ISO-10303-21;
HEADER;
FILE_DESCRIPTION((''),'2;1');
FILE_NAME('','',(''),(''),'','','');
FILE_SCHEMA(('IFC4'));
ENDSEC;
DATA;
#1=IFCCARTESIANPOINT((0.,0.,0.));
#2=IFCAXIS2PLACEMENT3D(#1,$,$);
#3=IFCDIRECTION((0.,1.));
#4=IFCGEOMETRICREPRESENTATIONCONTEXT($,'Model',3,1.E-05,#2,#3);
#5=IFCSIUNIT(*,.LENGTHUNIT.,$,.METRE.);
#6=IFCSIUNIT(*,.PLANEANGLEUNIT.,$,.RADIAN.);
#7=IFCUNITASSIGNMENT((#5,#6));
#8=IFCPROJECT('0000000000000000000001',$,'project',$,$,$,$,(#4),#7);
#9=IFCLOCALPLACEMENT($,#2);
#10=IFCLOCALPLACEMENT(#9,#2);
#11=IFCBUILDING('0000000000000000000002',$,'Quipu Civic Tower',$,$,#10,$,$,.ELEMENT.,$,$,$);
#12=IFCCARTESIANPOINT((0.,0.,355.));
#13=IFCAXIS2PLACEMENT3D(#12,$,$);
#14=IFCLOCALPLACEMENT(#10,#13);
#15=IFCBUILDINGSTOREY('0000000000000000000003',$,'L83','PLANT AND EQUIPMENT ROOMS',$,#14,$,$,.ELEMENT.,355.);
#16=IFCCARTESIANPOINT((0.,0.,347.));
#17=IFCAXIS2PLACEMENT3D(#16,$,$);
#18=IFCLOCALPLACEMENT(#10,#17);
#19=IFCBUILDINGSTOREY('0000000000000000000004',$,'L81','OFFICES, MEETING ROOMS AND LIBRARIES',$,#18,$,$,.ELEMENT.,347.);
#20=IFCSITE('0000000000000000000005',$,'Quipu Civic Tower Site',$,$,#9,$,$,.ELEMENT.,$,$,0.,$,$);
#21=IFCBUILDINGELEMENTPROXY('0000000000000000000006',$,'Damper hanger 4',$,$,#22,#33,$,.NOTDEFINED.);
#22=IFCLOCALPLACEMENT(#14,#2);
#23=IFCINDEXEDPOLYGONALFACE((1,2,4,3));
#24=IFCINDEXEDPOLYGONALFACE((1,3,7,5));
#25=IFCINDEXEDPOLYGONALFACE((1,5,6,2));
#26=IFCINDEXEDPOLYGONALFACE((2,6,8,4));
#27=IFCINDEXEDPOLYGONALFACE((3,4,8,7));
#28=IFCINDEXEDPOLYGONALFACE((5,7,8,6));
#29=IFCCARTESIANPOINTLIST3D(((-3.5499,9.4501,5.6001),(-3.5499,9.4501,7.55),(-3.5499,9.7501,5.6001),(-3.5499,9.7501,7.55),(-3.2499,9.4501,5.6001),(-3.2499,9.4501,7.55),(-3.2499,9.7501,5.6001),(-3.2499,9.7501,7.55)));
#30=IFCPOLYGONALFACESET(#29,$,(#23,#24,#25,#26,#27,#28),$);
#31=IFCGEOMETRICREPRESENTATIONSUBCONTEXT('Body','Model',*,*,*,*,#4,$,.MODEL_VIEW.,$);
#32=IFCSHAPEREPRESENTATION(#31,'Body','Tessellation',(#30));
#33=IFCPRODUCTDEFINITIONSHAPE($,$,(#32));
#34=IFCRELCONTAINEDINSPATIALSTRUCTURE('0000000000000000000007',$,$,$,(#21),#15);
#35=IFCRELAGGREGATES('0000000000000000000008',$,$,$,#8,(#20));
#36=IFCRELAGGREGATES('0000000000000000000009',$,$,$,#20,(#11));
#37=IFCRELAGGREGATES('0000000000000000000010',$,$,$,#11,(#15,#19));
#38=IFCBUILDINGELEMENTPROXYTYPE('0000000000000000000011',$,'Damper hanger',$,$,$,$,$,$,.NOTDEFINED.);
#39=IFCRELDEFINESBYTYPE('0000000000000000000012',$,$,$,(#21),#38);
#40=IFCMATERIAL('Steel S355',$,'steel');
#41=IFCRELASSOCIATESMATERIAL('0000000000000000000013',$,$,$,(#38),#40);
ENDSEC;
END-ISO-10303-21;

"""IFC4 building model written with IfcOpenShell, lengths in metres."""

from ifc_helpers import new_model, si_unit, direction, frame, origin, origin_2d, place, context, subcontext, project, spatial, rectangle, extrude, material, type_object, element, save


model = new_model("IFC4")

# Units and contexts
model_context = context("Model", 3, precision=1e-05, world=origin(), true_north=direction((0.0, 1.0)))
body_context = subcontext(model_context, "Body", "Model", "MODEL_VIEW")
ifc_project = project(units=[si_unit("LENGTHUNIT", "METRE"), si_unit("PLANEANGLEUNIT", "RADIAN")], contexts=[model_context])

# Site, building, storey
site_placement = place(None, origin())
site = spatial("IfcSite", under=ifc_project, at=site_placement, Name="Quipu Civic Tower Site", CompositionType="ELEMENT", RefElevation=0.0)
building_placement = place(site_placement, origin())
building = spatial("IfcBuilding", under=site, at=building_placement, Name="Quipu Civic Tower", CompositionType="ELEMENT")
storey_1_placement = place(building_placement, frame((0.0, 0.0, 355.0)))
storey_1 = spatial("IfcBuildingStorey", under=building, at=storey_1_placement, Name="L83", Description="PLANT AND EQUIPMENT ROOMS", CompositionType="ELEMENT", Elevation=355.0)

# Shared definitions
storey_2_placement = place(building_placement, frame((0.0, 0.0, 347.0)))
storey_2 = spatial("IfcBuildingStorey", under=building, at=storey_2_placement, Name="L81", Description="OFFICES, MEETING ROOMS AND LIBRARIES", CompositionType="ELEMENT", Elevation=347.0)

# Building element proxy
ifc_material_1 = material(Name="Steel S355", Category="steel")
building_element_proxy_type = type_object("IfcBuildingElementProxyType", Name="Damper hanger", PredefinedType="NOTDEFINED", material=ifc_material_1)
proxy_placement = place(storey_1_placement, frame((-3.3999, 9.6001, 5.6001), z_axis=(0.0, 0.0, 1.0), x_axis=(1.0, 0.0, 0.0)))
element("IfcBuildingElementProxy", 1, at=proxy_placement, inside=storey_1, type_object=building_element_proxy_type, Name="Damper hanger 4", PredefinedType="NOTDEFINED", context=body_context, shape_type="SweptSolid", body=[
    extrude(rectangle(XDim=0.3, YDim=0.3, at=origin_2d()), origin(), (0.0, 0.0, 1.0), 1.95),
])

save(model, "model.ifc")
